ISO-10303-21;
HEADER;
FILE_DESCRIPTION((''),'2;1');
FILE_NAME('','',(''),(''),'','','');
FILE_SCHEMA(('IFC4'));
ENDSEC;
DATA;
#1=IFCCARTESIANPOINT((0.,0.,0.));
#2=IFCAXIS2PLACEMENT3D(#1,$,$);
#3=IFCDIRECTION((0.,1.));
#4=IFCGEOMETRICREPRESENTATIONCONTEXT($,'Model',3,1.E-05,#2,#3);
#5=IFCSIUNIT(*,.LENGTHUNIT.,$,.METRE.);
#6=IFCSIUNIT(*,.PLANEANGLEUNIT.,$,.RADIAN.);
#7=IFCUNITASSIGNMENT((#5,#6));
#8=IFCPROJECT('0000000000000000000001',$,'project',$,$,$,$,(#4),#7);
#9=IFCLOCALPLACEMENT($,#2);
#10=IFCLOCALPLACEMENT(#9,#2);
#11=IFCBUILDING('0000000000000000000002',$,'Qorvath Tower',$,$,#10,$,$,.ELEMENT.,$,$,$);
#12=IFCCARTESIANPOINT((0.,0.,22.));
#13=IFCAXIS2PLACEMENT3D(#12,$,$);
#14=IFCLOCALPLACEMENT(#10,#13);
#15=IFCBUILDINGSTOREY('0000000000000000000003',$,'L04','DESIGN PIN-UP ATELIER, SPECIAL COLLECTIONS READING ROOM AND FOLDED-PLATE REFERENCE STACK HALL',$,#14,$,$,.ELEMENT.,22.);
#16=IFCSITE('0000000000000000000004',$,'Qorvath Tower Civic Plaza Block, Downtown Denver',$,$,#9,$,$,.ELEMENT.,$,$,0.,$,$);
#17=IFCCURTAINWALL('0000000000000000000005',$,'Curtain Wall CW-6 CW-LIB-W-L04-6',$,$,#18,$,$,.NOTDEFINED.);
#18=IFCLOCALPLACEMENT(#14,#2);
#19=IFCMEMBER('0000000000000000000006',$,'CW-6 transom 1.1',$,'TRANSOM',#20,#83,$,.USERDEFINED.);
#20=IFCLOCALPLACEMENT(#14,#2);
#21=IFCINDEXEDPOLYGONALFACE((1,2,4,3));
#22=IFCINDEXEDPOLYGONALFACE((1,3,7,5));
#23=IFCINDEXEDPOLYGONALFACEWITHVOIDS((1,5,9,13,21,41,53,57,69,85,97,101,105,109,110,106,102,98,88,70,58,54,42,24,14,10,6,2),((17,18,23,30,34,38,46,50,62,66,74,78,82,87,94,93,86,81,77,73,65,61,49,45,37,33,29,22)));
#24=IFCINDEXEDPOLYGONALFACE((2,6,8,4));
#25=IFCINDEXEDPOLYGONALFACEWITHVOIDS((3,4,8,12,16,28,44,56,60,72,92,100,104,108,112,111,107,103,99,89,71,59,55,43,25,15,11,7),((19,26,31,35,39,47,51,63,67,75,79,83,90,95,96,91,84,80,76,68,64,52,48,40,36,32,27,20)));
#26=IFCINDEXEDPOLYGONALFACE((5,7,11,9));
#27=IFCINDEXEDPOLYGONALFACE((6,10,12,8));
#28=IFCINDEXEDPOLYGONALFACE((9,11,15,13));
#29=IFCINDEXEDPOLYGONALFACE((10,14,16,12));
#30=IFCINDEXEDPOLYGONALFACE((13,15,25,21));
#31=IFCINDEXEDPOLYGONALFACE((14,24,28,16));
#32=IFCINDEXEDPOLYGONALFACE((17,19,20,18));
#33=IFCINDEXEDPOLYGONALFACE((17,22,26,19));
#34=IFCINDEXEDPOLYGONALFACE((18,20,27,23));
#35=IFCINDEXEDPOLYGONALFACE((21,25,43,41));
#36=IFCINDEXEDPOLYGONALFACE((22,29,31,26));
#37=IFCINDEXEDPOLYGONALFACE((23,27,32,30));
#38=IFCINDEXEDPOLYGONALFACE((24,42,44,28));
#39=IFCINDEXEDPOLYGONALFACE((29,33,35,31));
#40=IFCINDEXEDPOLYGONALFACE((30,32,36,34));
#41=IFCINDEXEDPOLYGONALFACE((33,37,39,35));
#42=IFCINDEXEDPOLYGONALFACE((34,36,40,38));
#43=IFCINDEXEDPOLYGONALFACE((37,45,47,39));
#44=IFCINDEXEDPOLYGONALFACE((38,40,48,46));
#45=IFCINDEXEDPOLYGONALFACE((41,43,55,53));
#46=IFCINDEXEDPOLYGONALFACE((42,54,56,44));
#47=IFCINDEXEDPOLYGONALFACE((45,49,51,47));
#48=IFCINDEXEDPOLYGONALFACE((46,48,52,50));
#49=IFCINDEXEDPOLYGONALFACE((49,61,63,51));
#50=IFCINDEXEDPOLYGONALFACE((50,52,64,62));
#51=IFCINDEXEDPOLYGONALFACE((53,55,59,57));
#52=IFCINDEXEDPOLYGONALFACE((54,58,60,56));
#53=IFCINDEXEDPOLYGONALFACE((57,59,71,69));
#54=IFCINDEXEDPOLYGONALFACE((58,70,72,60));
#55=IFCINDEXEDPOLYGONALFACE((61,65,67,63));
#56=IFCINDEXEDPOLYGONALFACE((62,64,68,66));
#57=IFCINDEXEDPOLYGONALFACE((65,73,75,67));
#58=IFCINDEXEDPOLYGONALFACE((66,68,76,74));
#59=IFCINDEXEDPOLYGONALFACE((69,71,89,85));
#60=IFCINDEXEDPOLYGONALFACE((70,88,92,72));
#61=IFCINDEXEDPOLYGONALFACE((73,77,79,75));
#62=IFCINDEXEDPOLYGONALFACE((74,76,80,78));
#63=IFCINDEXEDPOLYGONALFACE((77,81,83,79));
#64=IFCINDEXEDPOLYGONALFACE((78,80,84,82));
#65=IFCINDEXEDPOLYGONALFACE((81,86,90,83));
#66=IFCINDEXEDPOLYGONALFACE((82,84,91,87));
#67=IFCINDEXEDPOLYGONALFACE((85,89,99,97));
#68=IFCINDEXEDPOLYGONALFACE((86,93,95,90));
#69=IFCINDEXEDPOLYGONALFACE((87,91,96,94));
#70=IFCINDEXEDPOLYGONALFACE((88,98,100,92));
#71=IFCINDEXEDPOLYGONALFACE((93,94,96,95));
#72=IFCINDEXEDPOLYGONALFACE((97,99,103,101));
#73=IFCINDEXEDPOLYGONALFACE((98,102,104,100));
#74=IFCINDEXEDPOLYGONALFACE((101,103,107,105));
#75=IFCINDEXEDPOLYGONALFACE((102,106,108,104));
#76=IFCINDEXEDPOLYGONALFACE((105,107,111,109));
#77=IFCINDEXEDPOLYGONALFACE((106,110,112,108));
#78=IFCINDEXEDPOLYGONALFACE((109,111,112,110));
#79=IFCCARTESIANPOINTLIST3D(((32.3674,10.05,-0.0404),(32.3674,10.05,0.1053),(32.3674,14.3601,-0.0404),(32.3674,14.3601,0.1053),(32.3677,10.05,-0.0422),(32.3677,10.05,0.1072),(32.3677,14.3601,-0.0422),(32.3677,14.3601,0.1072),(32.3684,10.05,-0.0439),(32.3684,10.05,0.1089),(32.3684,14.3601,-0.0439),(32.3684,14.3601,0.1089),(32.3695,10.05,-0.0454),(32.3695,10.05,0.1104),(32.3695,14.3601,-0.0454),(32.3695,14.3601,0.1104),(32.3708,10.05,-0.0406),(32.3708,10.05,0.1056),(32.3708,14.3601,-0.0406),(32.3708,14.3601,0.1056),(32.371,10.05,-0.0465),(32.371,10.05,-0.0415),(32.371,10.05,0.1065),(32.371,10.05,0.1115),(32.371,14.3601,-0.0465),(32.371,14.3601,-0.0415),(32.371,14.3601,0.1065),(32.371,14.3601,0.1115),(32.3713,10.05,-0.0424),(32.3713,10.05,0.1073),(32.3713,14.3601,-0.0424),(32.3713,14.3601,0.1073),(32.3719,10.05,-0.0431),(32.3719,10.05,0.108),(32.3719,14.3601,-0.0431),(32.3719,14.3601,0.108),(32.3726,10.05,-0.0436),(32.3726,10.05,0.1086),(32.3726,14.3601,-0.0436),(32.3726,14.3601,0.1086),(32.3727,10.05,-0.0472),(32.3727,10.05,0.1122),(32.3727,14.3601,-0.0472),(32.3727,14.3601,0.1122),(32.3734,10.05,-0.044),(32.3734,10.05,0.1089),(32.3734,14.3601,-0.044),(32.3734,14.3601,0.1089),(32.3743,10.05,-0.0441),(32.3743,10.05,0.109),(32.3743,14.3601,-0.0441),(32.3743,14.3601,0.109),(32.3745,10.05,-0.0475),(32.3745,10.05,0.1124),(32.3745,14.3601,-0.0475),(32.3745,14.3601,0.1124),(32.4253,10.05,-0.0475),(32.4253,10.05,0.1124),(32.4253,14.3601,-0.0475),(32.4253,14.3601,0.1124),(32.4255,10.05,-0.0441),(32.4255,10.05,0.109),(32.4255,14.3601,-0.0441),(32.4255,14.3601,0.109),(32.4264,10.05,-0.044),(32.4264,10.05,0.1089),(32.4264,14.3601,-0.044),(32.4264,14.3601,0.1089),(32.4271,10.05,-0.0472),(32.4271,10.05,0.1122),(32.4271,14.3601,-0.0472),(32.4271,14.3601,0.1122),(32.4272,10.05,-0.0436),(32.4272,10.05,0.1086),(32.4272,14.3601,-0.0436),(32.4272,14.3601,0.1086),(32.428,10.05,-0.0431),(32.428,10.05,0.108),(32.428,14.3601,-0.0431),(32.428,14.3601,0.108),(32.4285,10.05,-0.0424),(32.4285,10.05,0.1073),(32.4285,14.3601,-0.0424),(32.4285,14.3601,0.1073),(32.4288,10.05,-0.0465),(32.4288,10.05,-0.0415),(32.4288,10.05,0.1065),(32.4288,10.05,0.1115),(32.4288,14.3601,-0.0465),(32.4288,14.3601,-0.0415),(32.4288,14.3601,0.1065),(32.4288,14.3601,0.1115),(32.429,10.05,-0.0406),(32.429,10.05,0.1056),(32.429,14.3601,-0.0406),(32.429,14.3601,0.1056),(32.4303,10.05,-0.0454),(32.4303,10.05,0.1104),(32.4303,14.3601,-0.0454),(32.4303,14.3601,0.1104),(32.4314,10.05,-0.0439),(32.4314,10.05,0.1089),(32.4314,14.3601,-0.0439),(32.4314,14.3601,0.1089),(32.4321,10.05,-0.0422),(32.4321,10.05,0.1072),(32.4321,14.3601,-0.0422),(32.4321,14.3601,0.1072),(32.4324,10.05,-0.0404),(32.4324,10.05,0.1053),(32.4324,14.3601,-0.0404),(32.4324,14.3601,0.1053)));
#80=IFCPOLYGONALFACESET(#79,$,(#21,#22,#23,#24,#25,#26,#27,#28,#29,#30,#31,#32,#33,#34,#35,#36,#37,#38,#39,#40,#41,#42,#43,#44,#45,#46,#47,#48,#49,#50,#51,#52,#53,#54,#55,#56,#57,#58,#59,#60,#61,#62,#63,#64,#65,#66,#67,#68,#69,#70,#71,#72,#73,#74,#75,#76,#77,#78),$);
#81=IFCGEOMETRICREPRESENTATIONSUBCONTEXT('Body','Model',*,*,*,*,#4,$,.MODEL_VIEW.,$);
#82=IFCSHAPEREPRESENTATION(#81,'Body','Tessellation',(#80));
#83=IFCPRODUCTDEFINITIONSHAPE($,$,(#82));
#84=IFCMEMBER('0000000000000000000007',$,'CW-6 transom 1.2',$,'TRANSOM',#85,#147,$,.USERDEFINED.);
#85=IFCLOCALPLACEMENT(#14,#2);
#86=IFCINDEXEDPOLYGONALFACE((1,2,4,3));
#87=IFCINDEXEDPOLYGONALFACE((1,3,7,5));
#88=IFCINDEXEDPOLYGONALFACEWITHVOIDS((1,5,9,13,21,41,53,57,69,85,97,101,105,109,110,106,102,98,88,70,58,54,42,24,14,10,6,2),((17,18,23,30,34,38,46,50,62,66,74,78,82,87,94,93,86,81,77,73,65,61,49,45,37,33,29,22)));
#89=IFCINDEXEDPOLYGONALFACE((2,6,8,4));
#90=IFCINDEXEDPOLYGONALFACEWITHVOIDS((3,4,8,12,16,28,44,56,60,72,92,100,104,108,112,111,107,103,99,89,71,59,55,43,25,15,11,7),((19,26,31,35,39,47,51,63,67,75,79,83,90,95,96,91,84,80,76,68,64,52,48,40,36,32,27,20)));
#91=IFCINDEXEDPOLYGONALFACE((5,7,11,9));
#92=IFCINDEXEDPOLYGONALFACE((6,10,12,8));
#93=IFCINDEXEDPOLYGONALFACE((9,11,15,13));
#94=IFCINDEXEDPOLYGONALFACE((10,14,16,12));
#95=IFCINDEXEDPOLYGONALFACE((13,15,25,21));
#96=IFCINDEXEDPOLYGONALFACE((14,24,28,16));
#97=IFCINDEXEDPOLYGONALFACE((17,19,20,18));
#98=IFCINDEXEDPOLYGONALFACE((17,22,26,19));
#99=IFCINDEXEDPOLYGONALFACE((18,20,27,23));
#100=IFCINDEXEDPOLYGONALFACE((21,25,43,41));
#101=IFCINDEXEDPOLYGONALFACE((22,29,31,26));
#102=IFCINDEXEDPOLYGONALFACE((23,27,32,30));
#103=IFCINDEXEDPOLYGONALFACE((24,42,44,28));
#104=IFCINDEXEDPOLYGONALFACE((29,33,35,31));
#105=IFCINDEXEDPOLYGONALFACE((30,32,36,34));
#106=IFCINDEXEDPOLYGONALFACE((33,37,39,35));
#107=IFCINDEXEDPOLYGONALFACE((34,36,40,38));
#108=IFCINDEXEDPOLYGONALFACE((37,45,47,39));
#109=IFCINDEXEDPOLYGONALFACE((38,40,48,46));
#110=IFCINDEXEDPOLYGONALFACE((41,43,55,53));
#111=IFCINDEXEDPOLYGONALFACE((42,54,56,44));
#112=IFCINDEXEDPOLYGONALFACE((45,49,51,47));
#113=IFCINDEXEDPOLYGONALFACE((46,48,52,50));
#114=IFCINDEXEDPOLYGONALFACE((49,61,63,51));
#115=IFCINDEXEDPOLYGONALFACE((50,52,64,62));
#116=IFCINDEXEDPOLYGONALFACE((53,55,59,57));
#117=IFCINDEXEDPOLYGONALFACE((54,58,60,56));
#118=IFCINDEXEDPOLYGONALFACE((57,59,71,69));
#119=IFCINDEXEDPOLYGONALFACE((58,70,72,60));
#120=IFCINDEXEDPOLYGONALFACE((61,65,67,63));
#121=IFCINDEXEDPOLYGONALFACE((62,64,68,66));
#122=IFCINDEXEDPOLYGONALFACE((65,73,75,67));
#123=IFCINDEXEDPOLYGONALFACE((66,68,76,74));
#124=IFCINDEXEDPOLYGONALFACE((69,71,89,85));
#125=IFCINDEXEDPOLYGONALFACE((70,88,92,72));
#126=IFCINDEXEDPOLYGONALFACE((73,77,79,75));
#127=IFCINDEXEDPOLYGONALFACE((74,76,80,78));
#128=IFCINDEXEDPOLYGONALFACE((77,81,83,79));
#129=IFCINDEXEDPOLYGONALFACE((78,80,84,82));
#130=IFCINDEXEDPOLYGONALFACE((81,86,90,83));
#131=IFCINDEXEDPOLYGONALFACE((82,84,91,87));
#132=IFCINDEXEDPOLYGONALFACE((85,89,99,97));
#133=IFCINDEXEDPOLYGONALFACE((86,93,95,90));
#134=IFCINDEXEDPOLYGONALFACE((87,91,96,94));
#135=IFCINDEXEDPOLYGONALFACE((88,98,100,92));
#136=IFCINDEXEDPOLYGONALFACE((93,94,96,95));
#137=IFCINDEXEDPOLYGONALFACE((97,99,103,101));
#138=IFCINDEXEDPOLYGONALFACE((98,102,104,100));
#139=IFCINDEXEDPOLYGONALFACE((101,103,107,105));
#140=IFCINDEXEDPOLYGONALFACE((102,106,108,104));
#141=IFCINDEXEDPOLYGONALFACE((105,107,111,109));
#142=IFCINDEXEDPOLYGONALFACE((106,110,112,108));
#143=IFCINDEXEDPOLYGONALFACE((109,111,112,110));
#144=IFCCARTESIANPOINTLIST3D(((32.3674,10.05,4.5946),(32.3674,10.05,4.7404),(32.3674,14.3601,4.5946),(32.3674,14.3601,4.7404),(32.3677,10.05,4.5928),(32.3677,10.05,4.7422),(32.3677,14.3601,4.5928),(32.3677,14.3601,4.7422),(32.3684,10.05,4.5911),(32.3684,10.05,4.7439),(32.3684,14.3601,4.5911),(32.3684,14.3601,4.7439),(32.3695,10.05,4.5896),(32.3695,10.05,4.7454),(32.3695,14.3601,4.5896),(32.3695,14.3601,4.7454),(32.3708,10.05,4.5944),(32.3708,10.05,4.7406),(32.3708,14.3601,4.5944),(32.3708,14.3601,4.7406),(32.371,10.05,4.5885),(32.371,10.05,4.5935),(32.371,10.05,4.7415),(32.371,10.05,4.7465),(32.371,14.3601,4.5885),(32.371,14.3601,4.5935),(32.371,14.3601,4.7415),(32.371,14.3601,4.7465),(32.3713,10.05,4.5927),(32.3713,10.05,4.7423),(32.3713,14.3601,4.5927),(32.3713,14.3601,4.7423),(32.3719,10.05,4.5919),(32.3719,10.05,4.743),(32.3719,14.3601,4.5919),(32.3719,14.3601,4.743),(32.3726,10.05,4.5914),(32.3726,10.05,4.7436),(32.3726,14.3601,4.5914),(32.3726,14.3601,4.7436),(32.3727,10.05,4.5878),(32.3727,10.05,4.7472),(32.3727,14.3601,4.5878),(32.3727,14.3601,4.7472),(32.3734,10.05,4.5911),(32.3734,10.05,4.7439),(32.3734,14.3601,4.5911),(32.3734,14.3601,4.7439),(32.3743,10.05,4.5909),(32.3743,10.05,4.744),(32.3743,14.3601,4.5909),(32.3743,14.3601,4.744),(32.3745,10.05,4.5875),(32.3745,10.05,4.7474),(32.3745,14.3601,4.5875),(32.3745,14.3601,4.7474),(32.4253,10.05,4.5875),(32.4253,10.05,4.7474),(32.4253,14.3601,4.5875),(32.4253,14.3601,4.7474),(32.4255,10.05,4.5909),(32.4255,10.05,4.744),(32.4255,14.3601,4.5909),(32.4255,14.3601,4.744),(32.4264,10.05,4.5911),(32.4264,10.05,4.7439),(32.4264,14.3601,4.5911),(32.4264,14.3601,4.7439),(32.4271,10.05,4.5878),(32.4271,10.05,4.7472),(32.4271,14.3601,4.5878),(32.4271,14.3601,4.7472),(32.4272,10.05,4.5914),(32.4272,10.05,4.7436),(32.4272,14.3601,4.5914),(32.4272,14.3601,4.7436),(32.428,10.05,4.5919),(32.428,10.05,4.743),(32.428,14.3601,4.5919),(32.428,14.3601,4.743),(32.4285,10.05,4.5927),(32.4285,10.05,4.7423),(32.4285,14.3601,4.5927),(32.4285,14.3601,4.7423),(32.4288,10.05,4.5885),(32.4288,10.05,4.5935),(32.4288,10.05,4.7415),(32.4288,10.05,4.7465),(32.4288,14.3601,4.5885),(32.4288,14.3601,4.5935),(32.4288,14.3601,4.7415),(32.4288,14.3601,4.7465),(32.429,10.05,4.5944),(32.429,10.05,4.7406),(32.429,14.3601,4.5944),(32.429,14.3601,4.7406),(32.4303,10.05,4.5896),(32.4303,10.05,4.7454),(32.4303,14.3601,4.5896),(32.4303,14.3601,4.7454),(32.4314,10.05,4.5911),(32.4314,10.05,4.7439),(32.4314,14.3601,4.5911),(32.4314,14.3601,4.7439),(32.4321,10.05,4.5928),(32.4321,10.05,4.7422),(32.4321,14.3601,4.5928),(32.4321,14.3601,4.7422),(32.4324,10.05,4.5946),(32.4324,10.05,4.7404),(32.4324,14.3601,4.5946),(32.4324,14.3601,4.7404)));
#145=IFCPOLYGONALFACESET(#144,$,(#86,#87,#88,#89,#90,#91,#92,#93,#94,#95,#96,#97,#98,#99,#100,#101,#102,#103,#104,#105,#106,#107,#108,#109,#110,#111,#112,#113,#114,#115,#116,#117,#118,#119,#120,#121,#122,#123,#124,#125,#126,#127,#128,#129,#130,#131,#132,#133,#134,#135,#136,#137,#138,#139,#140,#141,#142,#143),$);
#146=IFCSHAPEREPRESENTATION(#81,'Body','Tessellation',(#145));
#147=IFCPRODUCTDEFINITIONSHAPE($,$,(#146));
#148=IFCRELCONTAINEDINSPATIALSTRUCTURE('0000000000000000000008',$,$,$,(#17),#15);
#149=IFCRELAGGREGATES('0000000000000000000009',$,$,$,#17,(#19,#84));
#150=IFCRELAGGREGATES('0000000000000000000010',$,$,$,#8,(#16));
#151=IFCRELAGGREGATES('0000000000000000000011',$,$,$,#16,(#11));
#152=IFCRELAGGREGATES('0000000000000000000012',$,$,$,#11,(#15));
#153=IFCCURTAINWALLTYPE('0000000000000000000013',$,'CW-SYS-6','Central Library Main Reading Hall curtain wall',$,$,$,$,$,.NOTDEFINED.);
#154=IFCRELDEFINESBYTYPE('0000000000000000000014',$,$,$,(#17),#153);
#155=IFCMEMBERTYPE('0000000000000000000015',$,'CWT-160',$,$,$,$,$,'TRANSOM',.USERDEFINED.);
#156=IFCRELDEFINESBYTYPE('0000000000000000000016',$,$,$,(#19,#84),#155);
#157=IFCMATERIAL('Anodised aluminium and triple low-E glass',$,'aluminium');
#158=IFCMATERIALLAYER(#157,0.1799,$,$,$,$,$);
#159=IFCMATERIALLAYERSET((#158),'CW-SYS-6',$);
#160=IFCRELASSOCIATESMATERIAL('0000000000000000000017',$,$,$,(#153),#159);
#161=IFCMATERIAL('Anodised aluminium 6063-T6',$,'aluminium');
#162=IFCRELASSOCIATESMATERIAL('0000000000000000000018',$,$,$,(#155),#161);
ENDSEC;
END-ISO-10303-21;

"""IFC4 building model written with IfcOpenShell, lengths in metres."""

from ifc_helpers import new_model, si_unit, direction, frame, origin, origin_2d, place, context, subcontext, project, spatial, hollow_rectangle, extrude, material, layer, layer_set, material_profile, profile_set, type_object, element, aggregate, save


model = new_model("IFC4")

# Units and contexts
model_context = context("Model", 3, precision=1e-05, world=origin(), true_north=direction((0.0, 1.0)))
body_context = subcontext(model_context, "Body", "Model", "MODEL_VIEW")
ifc_project = project(units=[si_unit("LENGTHUNIT", "METRE"), si_unit("PLANEANGLEUNIT", "RADIAN")], contexts=[model_context])

# Site, building, storey
site_placement = place(None, origin())
site = spatial("IfcSite", under=ifc_project, at=site_placement, Name="Qorvath Tower Civic Plaza Block, Downtown Denver", CompositionType="ELEMENT", RefElevation=0.0)
building_placement = place(site_placement, origin())
building = spatial("IfcBuilding", under=site, at=building_placement, Name="Qorvath Tower", CompositionType="ELEMENT")
storey_placement = place(building_placement, frame((0.0, 0.0, 22.0)))
storey = spatial("IfcBuildingStorey", under=building, at=storey_placement, Name="L04", Description="DESIGN PIN-UP ATELIER, SPECIAL COLLECTIONS READING ROOM AND FOLDED-PLATE REFERENCE STACK HALL", CompositionType="ELEMENT", Elevation=22.0)

# Curtain wall, members
ifc_material_1 = material(Name="Anodised aluminium and triple low-E glass", Category="aluminium")
ifc_layer_1 = layer(ifc_material_1, 0.1799)
ifc_layer_set_1 = layer_set([ifc_layer_1], Name="CW-SYS-6")
curtain_wall_type = type_object("IfcCurtainWallType", Name="CW-SYS-6", Description="Central Library Main Reading Hall curtain wall", PredefinedType="NOTDEFINED", material=ifc_layer_set_1)
curtain_wall_placement = place(storey_placement, origin())
curtain_wall = element("IfcCurtainWall", 1, at=curtain_wall_placement, inside=storey, type_object=curtain_wall_type, Name="Curtain Wall CW-6 CW-LIB-W-L04-6", PredefinedType="NOTDEFINED")
ifc_material_2 = material(Name="Anodised aluminium 6063-T6", Category="aluminium")
ifc_material_profile_1 = material_profile(ifc_material_2, hollow_rectangle(XDim=0.0649, YDim=0.1599, WallThickness=0.0034, InnerFilletRadius=0.0034, OuterFilletRadius=0.0071, at=origin_2d()), Name="CWT 160x65")
ifc_profile_set_1 = profile_set([ifc_material_profile_1], Name="Anodised aluminium 6063-T6")
member_type_1 = type_object("IfcMemberType", Name="CWT-160", ElementType="TRANSOM", PredefinedType="USERDEFINED", material=ifc_profile_set_1)
member_1_placement = place(storey_placement, frame((32.3999, 10.05, 0.0325), z_axis=(0.0, 1.0, 0.0), x_axis=(-1.0, 0.0, 0.0)))
member_1 = element("IfcMember", 2, at=member_1_placement, type_object=member_type_1, Name="CW-6 transom 1.1", ObjectType="TRANSOM", PredefinedType="USERDEFINED", context=body_context, shape_type="SweptSolid", body=[
    extrude(hollow_rectangle(XDim=0.0649, YDim=0.1599, WallThickness=0.0034, InnerFilletRadius=0.0034, OuterFilletRadius=0.0071, at=origin_2d()), origin(), (0.0, 0.0, 1.0), 4.3101),
])
member_2_placement = place(storey_placement, frame((32.3999, 10.05, 4.6675), z_axis=(0.0, 1.0, 0.0), x_axis=(-1.0, 0.0, 0.0)))
member_2 = element("IfcMember", 3, at=member_2_placement, type_object=member_type_1, Name="CW-6 transom 1.2", ObjectType="TRANSOM", PredefinedType="USERDEFINED", context=body_context, shape_type="SweptSolid", body=[
    extrude(hollow_rectangle(XDim=0.0649, YDim=0.1599, WallThickness=0.0034, InnerFilletRadius=0.0034, OuterFilletRadius=0.0071, at=origin_2d()), origin(), (0.0, 0.0, 1.0), 4.3101),
])
aggregate(curtain_wall, [member_1, member_2])

save(model, "model.ifc")
